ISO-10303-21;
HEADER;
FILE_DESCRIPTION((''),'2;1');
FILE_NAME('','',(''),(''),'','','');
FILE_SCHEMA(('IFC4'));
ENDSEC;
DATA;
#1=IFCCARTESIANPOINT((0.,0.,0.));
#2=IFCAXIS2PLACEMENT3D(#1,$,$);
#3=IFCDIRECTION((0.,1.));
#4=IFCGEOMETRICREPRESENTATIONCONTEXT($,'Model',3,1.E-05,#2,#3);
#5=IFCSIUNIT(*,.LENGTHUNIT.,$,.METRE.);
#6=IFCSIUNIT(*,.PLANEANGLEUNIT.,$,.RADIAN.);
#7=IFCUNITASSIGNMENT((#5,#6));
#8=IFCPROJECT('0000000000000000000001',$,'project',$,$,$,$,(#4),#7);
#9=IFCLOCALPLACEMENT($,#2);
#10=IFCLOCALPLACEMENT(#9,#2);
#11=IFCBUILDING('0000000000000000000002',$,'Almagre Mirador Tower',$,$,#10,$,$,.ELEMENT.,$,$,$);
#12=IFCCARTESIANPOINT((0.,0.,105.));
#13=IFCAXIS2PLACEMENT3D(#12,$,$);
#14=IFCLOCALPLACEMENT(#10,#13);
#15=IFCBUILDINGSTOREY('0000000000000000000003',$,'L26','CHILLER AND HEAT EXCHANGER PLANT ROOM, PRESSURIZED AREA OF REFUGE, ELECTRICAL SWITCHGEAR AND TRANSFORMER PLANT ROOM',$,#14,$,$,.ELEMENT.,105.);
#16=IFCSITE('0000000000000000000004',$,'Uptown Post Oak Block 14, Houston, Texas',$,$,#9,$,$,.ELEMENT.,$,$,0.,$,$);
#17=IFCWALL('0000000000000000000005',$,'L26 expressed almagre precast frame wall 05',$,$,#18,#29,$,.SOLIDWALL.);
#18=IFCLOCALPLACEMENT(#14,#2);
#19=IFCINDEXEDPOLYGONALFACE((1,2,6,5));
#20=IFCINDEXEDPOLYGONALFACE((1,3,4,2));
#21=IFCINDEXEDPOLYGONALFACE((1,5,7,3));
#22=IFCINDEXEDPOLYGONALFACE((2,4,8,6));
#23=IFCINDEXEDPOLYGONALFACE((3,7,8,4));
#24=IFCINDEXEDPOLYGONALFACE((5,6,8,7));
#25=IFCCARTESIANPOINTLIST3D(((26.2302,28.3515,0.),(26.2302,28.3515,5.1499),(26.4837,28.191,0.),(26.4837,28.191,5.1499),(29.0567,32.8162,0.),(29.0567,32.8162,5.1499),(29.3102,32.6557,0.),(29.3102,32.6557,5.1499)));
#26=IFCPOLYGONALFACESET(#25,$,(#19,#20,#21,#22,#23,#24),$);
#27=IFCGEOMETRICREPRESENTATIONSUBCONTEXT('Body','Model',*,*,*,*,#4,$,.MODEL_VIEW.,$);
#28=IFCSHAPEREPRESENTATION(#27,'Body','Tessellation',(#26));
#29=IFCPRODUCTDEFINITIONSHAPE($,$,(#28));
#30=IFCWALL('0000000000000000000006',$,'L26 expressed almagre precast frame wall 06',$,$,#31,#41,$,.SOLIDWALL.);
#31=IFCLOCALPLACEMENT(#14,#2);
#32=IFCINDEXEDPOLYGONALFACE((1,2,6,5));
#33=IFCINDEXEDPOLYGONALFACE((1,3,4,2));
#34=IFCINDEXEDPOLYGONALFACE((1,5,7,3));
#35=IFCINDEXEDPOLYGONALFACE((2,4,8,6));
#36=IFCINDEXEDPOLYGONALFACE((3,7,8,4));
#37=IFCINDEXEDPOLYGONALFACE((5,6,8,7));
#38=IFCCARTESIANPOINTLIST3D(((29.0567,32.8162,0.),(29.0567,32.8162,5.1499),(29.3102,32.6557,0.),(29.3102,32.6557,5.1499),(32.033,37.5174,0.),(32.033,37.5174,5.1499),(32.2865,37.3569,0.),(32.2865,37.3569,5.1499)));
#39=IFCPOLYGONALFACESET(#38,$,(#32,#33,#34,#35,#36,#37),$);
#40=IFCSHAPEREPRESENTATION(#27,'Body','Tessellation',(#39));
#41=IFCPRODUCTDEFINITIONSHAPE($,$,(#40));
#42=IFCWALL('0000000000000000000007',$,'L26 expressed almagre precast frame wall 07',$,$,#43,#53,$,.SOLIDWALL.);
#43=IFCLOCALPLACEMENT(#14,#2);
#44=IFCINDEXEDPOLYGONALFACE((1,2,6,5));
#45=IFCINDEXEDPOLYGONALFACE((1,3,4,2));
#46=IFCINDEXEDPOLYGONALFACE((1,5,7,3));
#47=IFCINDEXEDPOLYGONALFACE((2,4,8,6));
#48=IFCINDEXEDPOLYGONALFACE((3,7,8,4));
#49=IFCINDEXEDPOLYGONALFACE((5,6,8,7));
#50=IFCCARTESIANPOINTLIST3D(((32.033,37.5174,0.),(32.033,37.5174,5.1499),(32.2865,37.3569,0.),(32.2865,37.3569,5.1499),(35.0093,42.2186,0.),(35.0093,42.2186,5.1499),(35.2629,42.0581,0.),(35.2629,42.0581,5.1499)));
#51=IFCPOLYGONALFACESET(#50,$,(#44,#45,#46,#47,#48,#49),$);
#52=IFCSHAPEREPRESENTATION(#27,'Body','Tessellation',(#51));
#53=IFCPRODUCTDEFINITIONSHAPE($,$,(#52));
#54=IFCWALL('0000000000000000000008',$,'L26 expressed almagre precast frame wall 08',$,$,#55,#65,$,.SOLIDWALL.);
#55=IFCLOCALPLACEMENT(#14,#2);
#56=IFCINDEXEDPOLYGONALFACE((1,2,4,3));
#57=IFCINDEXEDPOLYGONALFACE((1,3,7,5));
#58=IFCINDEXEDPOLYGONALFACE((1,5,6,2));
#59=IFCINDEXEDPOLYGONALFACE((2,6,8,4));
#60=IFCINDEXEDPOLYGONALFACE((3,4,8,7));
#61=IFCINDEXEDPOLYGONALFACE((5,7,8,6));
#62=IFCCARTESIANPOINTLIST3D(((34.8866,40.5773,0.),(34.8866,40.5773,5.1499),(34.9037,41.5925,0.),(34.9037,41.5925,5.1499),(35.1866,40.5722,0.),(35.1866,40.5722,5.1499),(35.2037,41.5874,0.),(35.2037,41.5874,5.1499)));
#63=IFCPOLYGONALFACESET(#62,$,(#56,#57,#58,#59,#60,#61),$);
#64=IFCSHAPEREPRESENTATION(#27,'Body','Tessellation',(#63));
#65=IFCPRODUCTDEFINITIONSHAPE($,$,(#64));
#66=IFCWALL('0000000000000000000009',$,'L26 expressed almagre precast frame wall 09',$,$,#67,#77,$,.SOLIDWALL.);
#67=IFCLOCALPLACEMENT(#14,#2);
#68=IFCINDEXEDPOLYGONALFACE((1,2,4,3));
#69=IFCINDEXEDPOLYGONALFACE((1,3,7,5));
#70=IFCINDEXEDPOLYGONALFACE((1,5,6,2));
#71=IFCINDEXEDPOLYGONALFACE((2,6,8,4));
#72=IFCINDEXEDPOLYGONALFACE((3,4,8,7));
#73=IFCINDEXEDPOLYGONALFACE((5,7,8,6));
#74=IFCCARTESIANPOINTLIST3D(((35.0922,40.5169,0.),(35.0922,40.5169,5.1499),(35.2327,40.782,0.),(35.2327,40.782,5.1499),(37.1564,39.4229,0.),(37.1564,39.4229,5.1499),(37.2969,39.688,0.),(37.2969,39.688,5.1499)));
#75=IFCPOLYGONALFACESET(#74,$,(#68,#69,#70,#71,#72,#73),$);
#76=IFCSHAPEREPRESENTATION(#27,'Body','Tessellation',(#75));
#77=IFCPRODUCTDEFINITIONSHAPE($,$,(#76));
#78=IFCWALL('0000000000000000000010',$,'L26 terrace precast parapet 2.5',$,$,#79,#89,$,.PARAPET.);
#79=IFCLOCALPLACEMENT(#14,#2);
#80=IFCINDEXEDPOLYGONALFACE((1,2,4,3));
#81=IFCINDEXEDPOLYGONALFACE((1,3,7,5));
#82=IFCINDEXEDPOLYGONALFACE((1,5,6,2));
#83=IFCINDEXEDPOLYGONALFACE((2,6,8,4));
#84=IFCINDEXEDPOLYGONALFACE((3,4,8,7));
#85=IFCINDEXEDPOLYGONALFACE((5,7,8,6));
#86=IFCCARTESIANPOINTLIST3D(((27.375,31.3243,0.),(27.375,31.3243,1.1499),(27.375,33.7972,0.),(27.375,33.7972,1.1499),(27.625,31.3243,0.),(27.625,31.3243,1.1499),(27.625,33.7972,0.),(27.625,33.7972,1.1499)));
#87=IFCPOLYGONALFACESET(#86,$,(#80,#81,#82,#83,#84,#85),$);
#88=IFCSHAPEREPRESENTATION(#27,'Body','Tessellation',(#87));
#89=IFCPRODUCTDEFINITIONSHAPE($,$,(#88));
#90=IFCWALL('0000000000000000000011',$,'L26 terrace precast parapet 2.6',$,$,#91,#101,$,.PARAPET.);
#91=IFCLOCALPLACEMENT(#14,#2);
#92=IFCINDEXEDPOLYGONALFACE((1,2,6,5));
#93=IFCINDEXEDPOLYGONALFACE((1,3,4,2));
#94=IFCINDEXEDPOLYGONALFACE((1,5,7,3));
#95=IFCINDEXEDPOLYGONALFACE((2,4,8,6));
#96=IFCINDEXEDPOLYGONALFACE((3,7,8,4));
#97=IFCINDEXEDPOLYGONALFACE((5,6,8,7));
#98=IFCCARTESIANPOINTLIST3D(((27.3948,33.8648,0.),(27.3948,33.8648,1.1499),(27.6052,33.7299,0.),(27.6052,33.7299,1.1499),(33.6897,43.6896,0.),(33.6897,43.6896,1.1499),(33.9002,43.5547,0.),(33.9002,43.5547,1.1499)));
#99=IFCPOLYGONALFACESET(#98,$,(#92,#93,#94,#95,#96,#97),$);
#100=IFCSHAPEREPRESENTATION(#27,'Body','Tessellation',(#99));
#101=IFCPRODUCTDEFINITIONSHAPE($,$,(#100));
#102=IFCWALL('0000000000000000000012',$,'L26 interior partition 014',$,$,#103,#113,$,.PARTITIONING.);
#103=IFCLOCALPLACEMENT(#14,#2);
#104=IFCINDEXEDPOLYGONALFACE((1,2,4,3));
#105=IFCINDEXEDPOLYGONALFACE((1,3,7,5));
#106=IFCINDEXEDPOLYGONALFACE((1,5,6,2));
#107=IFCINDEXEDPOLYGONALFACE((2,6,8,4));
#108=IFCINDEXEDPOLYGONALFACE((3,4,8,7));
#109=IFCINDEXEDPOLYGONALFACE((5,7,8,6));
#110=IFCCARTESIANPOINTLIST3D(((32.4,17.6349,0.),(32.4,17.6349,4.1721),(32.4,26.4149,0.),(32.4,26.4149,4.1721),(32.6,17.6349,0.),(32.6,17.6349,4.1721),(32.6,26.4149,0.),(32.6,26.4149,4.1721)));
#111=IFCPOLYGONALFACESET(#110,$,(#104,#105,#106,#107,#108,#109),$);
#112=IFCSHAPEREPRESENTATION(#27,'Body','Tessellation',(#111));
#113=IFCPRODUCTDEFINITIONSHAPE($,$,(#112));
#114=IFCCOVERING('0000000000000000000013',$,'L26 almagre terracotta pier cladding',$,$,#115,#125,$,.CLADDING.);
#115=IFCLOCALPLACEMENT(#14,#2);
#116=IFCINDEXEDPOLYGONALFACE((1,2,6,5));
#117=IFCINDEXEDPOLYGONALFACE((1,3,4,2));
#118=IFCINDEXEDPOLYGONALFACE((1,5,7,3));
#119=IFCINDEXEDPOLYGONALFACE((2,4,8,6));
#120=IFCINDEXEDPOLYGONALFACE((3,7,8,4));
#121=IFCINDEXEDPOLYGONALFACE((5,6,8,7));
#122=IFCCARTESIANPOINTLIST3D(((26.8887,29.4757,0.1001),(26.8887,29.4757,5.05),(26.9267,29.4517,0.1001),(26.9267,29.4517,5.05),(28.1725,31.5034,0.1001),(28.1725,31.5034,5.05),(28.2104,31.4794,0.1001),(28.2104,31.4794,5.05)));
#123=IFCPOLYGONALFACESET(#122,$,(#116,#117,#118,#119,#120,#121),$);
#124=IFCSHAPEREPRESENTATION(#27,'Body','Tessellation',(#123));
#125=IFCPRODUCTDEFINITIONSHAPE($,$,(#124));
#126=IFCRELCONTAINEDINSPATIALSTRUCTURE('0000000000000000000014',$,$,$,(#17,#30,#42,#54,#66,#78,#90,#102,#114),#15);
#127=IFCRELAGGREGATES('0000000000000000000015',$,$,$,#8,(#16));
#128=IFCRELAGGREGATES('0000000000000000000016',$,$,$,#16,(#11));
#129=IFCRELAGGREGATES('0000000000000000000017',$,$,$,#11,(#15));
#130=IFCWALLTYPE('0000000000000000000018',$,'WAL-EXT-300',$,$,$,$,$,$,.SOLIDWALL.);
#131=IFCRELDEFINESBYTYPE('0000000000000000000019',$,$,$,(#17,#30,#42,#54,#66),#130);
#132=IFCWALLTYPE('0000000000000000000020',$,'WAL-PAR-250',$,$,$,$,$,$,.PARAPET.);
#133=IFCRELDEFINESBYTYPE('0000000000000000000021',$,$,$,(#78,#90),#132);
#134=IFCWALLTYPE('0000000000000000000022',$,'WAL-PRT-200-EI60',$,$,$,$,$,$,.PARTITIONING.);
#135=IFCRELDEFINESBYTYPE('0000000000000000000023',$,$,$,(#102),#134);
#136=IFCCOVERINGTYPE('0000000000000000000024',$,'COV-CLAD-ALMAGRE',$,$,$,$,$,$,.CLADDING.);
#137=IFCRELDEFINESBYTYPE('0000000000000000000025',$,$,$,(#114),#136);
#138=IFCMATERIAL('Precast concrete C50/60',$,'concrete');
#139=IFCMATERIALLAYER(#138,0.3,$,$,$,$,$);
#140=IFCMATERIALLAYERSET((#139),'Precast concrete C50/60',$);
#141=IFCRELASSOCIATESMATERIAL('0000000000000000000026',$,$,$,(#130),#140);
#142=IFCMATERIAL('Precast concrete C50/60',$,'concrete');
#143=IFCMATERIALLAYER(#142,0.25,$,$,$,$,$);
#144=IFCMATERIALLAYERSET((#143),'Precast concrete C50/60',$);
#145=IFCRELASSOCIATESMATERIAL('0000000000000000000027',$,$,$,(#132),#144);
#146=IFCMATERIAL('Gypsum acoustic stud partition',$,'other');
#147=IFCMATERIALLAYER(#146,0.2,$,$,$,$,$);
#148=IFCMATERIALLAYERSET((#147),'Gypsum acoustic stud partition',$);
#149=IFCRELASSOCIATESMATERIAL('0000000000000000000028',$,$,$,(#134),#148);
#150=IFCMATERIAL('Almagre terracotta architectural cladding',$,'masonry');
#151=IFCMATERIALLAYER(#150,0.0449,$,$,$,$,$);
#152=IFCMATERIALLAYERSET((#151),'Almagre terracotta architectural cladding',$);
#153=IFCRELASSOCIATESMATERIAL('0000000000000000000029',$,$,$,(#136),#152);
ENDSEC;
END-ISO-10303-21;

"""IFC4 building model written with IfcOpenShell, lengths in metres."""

from ifc_helpers import new_model, si_unit, direction, frame, frame_2d, origin, origin_2d, place, context, subcontext, project, spatial, rectangle, extrude, material, layer, layer_set, type_object, element, save


model = new_model("IFC4")

# Units and contexts
model_context = context("Model", 3, precision=1e-05, world=origin(), true_north=direction((0.0, 1.0)))
body_context = subcontext(model_context, "Body", "Model", "MODEL_VIEW")
ifc_project = project(units=[si_unit("LENGTHUNIT", "METRE"), si_unit("PLANEANGLEUNIT", "RADIAN")], contexts=[model_context])

# Site, building, storey
site_placement = place(None, origin())
site = spatial("IfcSite", under=ifc_project, at=site_placement, Name="Uptown Post Oak Block 14, Houston, Texas", CompositionType="ELEMENT", RefElevation=0.0)
building_placement = place(site_placement, origin())
building = spatial("IfcBuilding", under=site, at=building_placement, Name="Almagre Mirador Tower", CompositionType="ELEMENT")
storey_placement = place(building_placement, frame((0.0, 0.0, 105.0)))
storey = spatial("IfcBuildingStorey", under=building, at=storey_placement, Name="L26", Description="CHILLER AND HEAT EXCHANGER PLANT ROOM, PRESSURIZED AREA OF REFUGE, ELECTRICAL SWITCHGEAR AND TRANSFORMER PLANT ROOM", CompositionType="ELEMENT", Elevation=105.0)

# Walls
ifc_material_1 = material(Name="Precast concrete C50/60", Category="concrete")
ifc_layer_1 = layer(ifc_material_1, 0.3)
ifc_layer_set_1 = layer_set([ifc_layer_1], Name="Precast concrete C50/60")
wall_type_1 = type_object("IfcWallType", Name="WAL-EXT-300", PredefinedType="SOLIDWALL", material=ifc_layer_set_1)
wall_1_placement = place(storey_placement, frame((26.3569, 28.2712, 0.0), z_axis=(0.0, 0.0, 1.0), x_axis=(0.534895, 0.844919, 0.0)))
element("IfcWall", 1, at=wall_1_placement, inside=storey, type_object=wall_type_1, Name="L26 expressed almagre precast frame wall 05", PredefinedType="SOLIDWALL", context=body_context, shape_type="SweptSolid", body=[
    extrude(rectangle(XDim=5.2842, YDim=0.3, at=frame_2d((2.6421, 0.0))), origin(), (0.0, 0.0, 1.0), 5.1499),
])
for number, where, z_axis, x_axis, name in (
    (2, (29.1833, 32.7358, 0.0), (0.0, 0.0, 1.0), (0.534912, 0.844908, 0.0), "L26 expressed almagre precast frame wall 06"),
    (3, (32.1597, 37.437, 0.0), (0.0, 0.0, 1.0), (0.534912, 0.844908, 0.0), "L26 expressed almagre precast frame wall 07"),
):
    element("IfcWall", number, at=place(storey_placement, frame(where, z_axis=z_axis, x_axis=x_axis)), inside=storey, type_object=wall_type_1, Name=name, PredefinedType="SOLIDWALL", context=body_context, shape_type="SweptSolid", body=[
        extrude(rectangle(XDim=5.5642, YDim=0.3, at=frame_2d((2.7822, 0.0))), origin(), (0.0, 0.0, 1.0), 5.1499),
    ])
wall_2_placement = place(storey_placement, frame((35.0537, 41.5901, 0.0), z_axis=(0.0, 0.0, 1.0), x_axis=(-0.016833, -0.999858, 0.0)))
element("IfcWall", 4, at=wall_2_placement, inside=storey, type_object=wall_type_1, Name="L26 expressed almagre precast frame wall 08", PredefinedType="SOLIDWALL", context=body_context, shape_type="SweptSolid", body=[
    extrude(rectangle(XDim=1.0154, YDim=0.3, at=frame_2d((0.5078, 0.0))), origin(), (0.0, 0.0, 1.0), 5.1499),
])
wall_3_placement = place(storey_placement, frame((35.1626, 40.6494, 0.0), z_axis=(0.0, 0.0, 1.0), x_axis=(0.883579, -0.468281, 0.0)))
element("IfcWall", 5, at=wall_3_placement, inside=storey, type_object=wall_type_1, Name="L26 expressed almagre precast frame wall 09", PredefinedType="SOLIDWALL", context=body_context, shape_type="SweptSolid", body=[
    extrude(rectangle(XDim=2.3362, YDim=0.3, at=frame_2d((1.168, 0.0))), origin(), (0.0, 0.0, 1.0), 5.1499),
])
ifc_material_2 = material(Name="Precast concrete C50/60", Category="concrete")
ifc_layer_2 = layer(ifc_material_2, 0.25)
ifc_layer_set_2 = layer_set([ifc_layer_2], Name="Precast concrete C50/60")
wall_type_2 = type_object("IfcWallType", Name="WAL-PAR-250", PredefinedType="PARAPET", material=ifc_layer_set_2)
wall_4_placement = place(storey_placement, frame((27.5, 31.3245, 0.0), z_axis=(0.0, 0.0, 1.0), x_axis=(0.0, 1.0, 0.0)))
element("IfcWall", 6, at=wall_4_placement, inside=storey, type_object=wall_type_2, Name="L26 terrace precast parapet 2.5", PredefinedType="PARAPET", context=body_context, shape_type="SweptSolid", body=[
    extrude(rectangle(XDim=2.4729, YDim=0.25, at=frame_2d((1.2363, 0.0))), origin(), (0.0, 0.0, 1.0), 1.1499),
])
wall_5_placement = place(storey_placement, frame((27.5, 33.7974, 0.0), z_axis=(0.0, 0.0, 1.0), x_axis=(0.539486, 0.841995, 0.0)))
element("IfcWall", 7, at=wall_5_placement, inside=storey, type_object=wall_type_2, Name="L26 terrace precast parapet 2.6", PredefinedType="PARAPET", context=body_context, shape_type="SweptSolid", body=[
    extrude(rectangle(XDim=11.6685, YDim=0.25, at=frame_2d((5.8342, 0.0))), origin(), (0.0, 0.0, 1.0), 1.1499),
])
ifc_material_3 = material(Name="Gypsum acoustic stud partition", Category="other")
ifc_layer_3 = layer(ifc_material_3, 0.2)
ifc_layer_set_3 = layer_set([ifc_layer_3], Name="Gypsum acoustic stud partition")
wall_type_3 = type_object("IfcWallType", Name="WAL-PRT-200-EI60", PredefinedType="PARTITIONING", material=ifc_layer_set_3)
wall_6_placement = place(storey_placement, frame((32.5, 26.415, 0.0), z_axis=(0.0, 0.0, 1.0), x_axis=(0.0, -1.0, 0.0)))
element("IfcWall", 8, at=wall_6_placement, inside=storey, type_object=wall_type_3, Name="L26 interior partition 014", PredefinedType="PARTITIONING", context=body_context, shape_type="SweptSolid", body=[
    extrude(rectangle(XDim=8.78, YDim=0.2, at=frame_2d((4.3901, 0.0))), origin(), (0.0, 0.0, 1.0), 4.1721),
])

# Covering
ifc_material_4 = material(Name="Almagre terracotta architectural cladding", Category="masonry")
ifc_layer_4 = layer(ifc_material_4, 0.0449)
ifc_layer_set_4 = layer_set([ifc_layer_4], Name="Almagre terracotta architectural cladding")
covering_type = type_object("IfcCoveringType", Name="COV-CLAD-ALMAGRE", PredefinedType="CLADDING", material=ifc_layer_set_4)
covering_placement = place(storey_placement, frame((27.5496, 30.4775, 0.1001), z_axis=(0.0, 0.0, 1.0), x_axis=(0.534913, 0.844907, 0.0)))
element("IfcCovering", 9, at=covering_placement, inside=storey, type_object=covering_type, Name="L26 almagre terracotta pier cladding", PredefinedType="CLADDING", context=body_context, shape_type="SweptSolid", body=[
    extrude(rectangle(XDim=2.3999, YDim=0.0449, at=origin_2d()), origin(), (0.0, 0.0, 1.0), 4.95),
])

save(model, "model.ifc")
